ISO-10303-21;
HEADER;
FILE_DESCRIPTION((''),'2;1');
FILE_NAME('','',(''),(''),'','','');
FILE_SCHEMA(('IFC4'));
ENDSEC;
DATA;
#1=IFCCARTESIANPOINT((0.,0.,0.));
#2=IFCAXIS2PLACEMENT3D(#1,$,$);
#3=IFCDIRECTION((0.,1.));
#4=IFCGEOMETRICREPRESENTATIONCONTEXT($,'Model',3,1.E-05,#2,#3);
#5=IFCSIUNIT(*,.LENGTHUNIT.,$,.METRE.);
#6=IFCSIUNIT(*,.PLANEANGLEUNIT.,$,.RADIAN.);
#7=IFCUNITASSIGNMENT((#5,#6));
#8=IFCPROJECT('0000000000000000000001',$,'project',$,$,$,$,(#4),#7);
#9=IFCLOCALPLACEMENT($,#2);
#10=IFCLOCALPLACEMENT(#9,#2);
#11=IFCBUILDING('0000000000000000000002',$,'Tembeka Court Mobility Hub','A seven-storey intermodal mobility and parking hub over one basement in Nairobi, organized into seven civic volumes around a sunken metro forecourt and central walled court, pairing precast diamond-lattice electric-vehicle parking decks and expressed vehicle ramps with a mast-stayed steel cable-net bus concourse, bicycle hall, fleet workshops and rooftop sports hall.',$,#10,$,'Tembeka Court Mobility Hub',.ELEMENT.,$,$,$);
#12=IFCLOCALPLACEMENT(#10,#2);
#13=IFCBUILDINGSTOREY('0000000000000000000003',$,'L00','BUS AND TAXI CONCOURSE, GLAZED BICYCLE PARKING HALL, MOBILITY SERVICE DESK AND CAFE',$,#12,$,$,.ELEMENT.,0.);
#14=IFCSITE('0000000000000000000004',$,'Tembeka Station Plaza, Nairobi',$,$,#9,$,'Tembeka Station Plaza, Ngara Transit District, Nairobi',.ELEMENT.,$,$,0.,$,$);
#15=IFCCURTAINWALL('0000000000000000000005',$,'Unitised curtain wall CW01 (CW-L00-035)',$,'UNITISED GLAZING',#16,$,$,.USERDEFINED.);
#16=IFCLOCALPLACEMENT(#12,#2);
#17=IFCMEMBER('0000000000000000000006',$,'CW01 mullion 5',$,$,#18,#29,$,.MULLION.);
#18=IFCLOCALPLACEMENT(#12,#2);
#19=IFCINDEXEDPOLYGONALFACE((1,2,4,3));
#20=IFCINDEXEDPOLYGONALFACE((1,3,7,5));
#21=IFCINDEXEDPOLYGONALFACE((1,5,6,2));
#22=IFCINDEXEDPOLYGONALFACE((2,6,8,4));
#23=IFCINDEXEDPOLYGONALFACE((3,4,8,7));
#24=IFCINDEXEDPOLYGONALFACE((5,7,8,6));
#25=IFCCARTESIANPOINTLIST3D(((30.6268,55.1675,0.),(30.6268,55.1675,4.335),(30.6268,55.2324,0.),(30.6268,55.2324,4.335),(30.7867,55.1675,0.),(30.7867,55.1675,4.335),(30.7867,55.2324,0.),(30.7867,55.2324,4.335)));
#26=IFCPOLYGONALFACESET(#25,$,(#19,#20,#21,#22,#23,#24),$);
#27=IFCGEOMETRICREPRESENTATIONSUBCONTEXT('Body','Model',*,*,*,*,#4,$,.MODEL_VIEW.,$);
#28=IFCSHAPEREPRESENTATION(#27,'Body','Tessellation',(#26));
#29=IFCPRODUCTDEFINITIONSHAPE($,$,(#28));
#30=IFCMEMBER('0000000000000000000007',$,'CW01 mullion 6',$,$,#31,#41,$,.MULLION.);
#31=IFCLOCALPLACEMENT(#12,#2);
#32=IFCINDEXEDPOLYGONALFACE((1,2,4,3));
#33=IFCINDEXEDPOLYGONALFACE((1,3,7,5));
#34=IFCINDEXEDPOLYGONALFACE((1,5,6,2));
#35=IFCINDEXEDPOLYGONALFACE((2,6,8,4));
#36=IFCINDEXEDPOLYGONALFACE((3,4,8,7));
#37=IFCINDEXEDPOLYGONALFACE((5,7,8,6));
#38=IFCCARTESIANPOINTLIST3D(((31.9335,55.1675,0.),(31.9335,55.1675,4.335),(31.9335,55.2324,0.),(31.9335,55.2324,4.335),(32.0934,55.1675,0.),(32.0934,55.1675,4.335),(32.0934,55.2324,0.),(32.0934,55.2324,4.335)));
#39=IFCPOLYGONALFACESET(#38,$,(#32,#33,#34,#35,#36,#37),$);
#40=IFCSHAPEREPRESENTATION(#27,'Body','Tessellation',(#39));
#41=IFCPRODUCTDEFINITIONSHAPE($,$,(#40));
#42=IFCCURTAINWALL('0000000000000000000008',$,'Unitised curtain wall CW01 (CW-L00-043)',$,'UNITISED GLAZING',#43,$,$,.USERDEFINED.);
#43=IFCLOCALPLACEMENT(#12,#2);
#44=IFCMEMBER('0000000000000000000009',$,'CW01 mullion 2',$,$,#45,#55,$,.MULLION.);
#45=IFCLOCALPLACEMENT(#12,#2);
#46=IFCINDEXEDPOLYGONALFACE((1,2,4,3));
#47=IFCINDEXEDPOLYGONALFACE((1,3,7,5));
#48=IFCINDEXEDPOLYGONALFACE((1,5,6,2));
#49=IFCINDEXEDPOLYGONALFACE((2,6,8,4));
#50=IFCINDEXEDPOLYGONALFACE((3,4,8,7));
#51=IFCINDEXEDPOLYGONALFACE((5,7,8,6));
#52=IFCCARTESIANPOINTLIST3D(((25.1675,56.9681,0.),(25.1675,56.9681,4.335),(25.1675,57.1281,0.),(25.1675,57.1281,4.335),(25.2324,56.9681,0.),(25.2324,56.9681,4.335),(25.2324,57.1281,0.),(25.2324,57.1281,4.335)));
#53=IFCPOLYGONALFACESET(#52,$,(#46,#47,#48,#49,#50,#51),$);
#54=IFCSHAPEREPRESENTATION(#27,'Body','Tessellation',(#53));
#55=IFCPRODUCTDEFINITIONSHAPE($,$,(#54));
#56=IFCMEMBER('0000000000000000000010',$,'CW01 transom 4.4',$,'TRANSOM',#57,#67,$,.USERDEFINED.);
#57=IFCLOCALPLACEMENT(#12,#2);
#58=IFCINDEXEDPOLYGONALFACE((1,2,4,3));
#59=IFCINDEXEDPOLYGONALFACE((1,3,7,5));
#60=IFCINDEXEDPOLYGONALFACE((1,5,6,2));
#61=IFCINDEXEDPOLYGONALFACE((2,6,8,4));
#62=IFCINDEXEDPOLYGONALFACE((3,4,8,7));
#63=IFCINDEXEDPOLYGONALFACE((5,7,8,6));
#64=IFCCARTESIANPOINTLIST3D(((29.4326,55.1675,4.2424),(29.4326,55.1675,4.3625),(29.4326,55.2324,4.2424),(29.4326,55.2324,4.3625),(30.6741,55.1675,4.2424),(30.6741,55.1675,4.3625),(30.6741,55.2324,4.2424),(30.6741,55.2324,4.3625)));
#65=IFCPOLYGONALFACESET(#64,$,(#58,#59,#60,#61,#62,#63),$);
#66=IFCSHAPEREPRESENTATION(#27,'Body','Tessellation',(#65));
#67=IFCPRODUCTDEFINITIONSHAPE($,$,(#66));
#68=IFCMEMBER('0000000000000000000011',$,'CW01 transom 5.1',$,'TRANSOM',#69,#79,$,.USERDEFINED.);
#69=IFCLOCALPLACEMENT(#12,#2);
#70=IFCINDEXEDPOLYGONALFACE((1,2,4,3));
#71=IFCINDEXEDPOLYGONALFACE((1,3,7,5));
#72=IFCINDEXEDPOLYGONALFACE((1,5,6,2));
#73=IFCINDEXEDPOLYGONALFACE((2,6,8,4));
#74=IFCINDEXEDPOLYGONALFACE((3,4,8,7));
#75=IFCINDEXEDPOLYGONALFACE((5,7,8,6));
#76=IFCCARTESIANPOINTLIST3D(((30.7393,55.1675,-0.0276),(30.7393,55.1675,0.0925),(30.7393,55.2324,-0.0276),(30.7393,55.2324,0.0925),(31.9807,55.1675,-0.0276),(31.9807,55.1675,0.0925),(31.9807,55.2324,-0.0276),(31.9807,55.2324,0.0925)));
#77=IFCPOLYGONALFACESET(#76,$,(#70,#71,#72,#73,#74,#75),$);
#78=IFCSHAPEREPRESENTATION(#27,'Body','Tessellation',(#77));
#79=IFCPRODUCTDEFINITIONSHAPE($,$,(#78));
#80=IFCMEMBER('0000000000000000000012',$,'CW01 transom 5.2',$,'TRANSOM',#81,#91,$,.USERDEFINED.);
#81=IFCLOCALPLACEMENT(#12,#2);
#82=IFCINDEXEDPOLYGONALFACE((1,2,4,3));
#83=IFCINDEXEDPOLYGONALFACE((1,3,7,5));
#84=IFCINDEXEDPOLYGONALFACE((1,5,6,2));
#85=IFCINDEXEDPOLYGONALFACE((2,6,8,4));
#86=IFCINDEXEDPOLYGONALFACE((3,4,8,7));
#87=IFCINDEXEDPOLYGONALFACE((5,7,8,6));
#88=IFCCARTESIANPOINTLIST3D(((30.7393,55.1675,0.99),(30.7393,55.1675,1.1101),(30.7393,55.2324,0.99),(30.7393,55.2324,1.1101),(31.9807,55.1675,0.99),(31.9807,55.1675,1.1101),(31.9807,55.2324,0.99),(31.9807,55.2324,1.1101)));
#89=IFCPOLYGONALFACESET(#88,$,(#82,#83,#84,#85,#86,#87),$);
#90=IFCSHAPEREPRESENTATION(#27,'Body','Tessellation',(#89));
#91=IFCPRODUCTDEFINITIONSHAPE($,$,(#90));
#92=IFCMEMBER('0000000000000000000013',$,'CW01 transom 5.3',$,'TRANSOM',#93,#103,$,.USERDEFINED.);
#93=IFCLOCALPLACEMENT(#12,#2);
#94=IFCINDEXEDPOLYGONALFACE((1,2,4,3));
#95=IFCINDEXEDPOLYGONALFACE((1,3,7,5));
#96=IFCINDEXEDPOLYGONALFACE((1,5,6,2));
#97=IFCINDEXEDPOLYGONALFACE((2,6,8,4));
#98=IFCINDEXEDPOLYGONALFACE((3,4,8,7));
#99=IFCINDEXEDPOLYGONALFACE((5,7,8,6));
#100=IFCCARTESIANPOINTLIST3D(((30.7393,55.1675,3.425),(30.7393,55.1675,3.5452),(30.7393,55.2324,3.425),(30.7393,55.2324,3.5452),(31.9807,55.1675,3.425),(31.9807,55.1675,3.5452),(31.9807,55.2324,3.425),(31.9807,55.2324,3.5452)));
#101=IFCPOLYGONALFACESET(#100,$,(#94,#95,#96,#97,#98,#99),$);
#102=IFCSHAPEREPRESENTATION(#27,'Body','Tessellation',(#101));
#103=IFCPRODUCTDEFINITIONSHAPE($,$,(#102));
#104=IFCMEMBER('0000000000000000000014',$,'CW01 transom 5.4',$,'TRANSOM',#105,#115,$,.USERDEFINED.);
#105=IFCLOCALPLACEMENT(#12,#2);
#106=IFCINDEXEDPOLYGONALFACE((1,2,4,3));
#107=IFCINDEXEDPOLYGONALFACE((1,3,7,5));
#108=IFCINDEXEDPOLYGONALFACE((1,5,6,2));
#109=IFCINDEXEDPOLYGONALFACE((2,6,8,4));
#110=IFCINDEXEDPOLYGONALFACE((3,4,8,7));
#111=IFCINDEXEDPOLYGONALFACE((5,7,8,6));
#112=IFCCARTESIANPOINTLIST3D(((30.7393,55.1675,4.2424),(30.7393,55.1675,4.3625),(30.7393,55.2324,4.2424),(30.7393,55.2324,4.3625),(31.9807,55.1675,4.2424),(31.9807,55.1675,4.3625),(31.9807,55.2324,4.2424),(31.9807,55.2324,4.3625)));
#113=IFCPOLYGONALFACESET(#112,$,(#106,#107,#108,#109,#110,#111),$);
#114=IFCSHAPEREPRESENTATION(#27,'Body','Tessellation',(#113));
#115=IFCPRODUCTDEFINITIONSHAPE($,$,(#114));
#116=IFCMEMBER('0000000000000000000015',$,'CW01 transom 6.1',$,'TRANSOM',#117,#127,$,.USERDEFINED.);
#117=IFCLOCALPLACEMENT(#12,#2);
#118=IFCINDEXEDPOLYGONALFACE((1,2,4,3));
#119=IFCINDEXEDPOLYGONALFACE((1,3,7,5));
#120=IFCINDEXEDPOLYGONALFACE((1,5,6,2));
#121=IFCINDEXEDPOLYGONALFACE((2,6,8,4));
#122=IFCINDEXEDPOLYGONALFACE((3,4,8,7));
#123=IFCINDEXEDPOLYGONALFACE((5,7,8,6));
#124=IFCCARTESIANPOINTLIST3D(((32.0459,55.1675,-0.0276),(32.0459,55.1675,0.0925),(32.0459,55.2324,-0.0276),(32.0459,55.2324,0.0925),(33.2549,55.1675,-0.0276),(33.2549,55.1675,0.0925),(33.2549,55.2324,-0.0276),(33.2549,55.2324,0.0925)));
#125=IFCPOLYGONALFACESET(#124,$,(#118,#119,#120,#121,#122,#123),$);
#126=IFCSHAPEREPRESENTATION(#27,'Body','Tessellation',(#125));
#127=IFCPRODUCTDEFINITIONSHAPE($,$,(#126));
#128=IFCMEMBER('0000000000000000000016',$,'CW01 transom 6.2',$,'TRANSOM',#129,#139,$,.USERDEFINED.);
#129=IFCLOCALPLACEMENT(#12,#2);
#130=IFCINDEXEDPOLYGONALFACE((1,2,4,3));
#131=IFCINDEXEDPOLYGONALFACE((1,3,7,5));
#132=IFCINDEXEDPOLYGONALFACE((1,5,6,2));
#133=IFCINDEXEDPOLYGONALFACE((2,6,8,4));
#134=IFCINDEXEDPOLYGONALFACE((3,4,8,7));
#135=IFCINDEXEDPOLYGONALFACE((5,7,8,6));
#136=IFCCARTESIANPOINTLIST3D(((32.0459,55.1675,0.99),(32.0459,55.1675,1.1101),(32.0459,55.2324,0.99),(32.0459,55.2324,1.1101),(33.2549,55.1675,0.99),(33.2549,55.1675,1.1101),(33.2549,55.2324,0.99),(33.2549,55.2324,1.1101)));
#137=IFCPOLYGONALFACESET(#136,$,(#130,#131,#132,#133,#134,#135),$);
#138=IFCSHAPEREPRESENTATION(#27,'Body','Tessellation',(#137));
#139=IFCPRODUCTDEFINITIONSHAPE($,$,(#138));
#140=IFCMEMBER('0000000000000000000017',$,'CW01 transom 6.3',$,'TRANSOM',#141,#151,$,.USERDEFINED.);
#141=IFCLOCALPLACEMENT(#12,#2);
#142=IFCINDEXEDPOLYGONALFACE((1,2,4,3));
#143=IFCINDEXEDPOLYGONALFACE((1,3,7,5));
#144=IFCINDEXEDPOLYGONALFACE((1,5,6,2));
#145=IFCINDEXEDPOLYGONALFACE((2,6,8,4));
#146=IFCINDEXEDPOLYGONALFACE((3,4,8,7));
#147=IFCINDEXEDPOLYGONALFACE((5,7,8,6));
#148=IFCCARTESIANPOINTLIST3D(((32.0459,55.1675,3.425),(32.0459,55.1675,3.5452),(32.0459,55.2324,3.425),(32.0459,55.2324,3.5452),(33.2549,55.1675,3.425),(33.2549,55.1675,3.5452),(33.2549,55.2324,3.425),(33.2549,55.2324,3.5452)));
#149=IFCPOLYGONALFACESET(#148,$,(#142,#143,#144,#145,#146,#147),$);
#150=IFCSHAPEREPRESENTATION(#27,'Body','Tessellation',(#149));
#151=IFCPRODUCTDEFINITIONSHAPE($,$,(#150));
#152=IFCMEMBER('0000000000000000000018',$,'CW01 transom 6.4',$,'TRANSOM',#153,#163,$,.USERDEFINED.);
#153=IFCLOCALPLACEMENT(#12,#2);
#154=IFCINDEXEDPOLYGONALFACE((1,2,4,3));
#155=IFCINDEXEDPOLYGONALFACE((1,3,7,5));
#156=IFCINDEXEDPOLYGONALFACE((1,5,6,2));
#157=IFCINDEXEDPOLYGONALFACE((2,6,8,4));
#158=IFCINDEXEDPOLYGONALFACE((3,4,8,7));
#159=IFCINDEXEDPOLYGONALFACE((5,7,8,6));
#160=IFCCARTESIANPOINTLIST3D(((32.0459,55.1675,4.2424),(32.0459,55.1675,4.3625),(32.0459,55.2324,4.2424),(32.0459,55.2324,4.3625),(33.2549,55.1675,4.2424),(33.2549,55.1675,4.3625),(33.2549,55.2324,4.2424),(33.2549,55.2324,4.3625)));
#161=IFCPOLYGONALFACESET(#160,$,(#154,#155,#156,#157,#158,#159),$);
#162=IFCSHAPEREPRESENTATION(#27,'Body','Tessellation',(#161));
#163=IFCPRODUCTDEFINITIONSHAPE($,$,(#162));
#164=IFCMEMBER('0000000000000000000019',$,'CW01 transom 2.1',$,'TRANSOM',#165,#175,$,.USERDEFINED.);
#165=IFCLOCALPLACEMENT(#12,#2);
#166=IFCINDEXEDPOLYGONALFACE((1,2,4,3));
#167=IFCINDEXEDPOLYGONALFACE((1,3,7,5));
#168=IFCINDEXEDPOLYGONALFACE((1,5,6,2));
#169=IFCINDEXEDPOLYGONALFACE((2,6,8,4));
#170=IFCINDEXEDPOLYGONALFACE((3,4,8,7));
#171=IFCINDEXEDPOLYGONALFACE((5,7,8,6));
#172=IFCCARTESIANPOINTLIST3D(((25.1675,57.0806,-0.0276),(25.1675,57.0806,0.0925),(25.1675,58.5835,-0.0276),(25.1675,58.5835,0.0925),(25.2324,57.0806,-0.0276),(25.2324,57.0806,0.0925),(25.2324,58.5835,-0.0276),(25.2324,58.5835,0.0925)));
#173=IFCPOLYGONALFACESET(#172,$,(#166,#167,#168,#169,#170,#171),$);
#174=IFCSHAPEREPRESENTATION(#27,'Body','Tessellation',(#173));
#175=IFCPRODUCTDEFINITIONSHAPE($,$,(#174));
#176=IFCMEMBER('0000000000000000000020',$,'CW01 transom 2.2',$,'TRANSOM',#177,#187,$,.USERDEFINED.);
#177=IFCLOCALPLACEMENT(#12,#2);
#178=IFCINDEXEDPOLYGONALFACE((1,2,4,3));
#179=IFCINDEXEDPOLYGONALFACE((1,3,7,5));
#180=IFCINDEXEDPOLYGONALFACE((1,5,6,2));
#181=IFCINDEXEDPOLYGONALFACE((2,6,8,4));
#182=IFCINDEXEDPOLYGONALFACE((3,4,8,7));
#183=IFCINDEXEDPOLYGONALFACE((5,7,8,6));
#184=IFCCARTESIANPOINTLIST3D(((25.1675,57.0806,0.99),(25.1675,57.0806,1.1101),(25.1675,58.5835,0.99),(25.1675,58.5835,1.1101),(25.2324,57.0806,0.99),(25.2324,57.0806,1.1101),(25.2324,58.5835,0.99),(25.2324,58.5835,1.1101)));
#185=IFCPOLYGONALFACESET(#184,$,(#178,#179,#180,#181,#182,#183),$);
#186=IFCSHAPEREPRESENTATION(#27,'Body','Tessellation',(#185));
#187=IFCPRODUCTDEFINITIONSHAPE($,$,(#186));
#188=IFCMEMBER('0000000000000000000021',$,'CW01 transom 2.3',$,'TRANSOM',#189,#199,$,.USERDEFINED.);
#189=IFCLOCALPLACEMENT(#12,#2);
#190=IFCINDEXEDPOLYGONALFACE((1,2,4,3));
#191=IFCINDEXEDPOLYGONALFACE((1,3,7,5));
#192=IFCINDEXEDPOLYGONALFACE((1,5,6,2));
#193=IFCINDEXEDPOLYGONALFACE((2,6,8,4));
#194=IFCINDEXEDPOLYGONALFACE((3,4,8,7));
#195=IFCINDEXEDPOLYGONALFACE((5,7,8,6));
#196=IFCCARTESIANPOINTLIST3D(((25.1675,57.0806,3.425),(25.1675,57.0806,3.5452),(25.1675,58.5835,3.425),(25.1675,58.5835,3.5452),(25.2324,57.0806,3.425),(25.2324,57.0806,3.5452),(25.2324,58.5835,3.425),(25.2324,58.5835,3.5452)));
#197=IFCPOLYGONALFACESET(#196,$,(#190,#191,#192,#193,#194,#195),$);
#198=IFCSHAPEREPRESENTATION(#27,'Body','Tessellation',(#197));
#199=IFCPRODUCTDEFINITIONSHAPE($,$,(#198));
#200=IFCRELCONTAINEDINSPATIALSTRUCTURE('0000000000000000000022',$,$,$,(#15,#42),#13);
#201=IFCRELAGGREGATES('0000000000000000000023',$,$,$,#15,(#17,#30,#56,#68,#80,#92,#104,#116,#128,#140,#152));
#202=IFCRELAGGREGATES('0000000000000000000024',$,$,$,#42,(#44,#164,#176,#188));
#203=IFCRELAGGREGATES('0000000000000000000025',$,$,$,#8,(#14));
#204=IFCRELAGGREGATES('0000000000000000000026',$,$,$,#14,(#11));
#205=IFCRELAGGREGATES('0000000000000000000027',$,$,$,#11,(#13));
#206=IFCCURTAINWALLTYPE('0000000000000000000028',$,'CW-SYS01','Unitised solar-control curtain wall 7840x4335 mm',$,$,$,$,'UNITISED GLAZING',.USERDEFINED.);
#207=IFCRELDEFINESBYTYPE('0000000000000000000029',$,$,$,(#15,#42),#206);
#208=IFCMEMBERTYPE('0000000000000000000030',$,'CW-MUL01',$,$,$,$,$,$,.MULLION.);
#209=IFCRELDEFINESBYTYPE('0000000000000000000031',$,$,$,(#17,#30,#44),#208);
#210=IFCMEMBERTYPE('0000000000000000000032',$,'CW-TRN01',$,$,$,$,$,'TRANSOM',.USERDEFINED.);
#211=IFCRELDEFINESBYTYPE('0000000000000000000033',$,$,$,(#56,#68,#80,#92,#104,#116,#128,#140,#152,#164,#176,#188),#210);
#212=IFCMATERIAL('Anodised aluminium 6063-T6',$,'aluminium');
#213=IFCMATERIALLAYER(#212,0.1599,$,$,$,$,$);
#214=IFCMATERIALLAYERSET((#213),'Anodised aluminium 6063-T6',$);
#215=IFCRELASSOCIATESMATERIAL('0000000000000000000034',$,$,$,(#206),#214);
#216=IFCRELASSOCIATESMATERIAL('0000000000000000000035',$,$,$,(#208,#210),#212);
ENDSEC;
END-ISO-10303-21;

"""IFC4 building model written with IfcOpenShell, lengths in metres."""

from ifc_helpers import new_model, si_unit, direction, frame, origin, origin_2d, place, context, subcontext, project, spatial, rectangle, extrude, material, layer, layer_set, material_profile, profile_set, type_object, element, aggregate, save


model = new_model("IFC4")

# Units and contexts
model_context = context("Model", 3, precision=1e-05, world=origin(), true_north=direction((0.0, 1.0)))
body_context = subcontext(model_context, "Body", "Model", "MODEL_VIEW")
ifc_project = project(units=[si_unit("LENGTHUNIT", "METRE"), si_unit("PLANEANGLEUNIT", "RADIAN")], contexts=[model_context])

# Site, building, storey
site_placement = place(None, origin())
site = spatial("IfcSite", under=ifc_project, at=site_placement, Name="Tembeka Station Plaza, Nairobi", LongName="Tembeka Station Plaza, Ngara Transit District, Nairobi", CompositionType="ELEMENT", RefElevation=0.0)
building_placement = place(site_placement, origin())
building = spatial("IfcBuilding", under=site, at=building_placement, Name="Tembeka Court Mobility Hub", Description="A seven-storey intermodal mobility and parking hub over one basement in Nairobi, organized into seven civic volumes around a sunken metro forecourt and central walled court, pairing precast diamond-lattice electric-vehicle parking decks and expressed vehicle ramps with a mast-stayed steel cable-net bus concourse, bicycle hall, fleet workshops and rooftop sports hall.", LongName="Tembeka Court Mobility Hub", CompositionType="ELEMENT")
storey_placement = place(building_placement, origin())
storey = spatial("IfcBuildingStorey", under=building, at=storey_placement, Name="L00", Description="BUS AND TAXI CONCOURSE, GLAZED BICYCLE PARKING HALL, MOBILITY SERVICE DESK AND CAFE", CompositionType="ELEMENT", Elevation=0.0)

# Curtain wall, members
ifc_material_1 = material(Name="Anodised aluminium 6063-T6", Category="aluminium")
ifc_layer_1 = layer(ifc_material_1, 0.1599)
ifc_layer_set_1 = layer_set([ifc_layer_1], Name="Anodised aluminium 6063-T6")
curtain_wall_type = type_object("IfcCurtainWallType", Name="CW-SYS01", Description="Unitised solar-control curtain wall 7840x4335 mm", ElementType="UNITISED GLAZING", PredefinedType="USERDEFINED", material=ifc_layer_set_1)
curtain_wall_1_placement = place(storey_placement, origin())
curtain_wall_1 = element("IfcCurtainWall", 1, at=curtain_wall_1_placement, inside=storey, type_object=curtain_wall_type, Name="Unitised curtain wall CW01 (CW-L00-035)", ObjectType="UNITISED GLAZING", PredefinedType="USERDEFINED")
ifc_material_profile_1 = material_profile(ifc_material_1, rectangle(XDim=0.0649, YDim=0.1599, at=origin_2d()), Name="ALU-MUL 65x160")
ifc_profile_set_1 = profile_set([ifc_material_profile_1], Name="Anodised aluminium 6063-T6")
member_type_1 = type_object("IfcMemberType", Name="CW-MUL01", PredefinedType="MULLION", material=ifc_profile_set_1)
member_1_placement = place(storey_placement, frame((30.7068, 55.2, 0.0), z_axis=(0.0, 0.0, 1.0), x_axis=(0.0, 1.0, 0.0)))
member_1 = element("IfcMember", 2, at=member_1_placement, type_object=member_type_1, Name="CW01 mullion 5", PredefinedType="MULLION", context=body_context, shape_type="SweptSolid", body=[
    extrude(rectangle(XDim=0.0649, YDim=0.1599, at=origin_2d()), origin(), (0.0, 0.0, 1.0), 4.335),
])
member_2_placement = place(storey_placement, frame((32.0134, 55.2, 0.0), z_axis=(0.0, 0.0, 1.0), x_axis=(0.0, 1.0, 0.0)))
member_2 = element("IfcMember", 3, at=member_2_placement, type_object=member_type_1, Name="CW01 mullion 6", PredefinedType="MULLION", context=body_context, shape_type="SweptSolid", body=[
    extrude(rectangle(XDim=0.0649, YDim=0.1599, at=origin_2d()), origin(), (0.0, 0.0, 1.0), 4.335),
])

# Curtain wall, member
curtain_wall_2_placement = place(storey_placement, origin())
curtain_wall_2 = element("IfcCurtainWall", 4, at=curtain_wall_2_placement, inside=storey, type_object=curtain_wall_type, Name="Unitised curtain wall CW01 (CW-L00-043)", ObjectType="UNITISED GLAZING", PredefinedType="USERDEFINED")
member_3_placement = place(storey_placement, frame((25.2, 57.0481, 0.0), z_axis=(0.0, 0.0, 1.0), x_axis=(-1.0, 0.0, 0.0)))
member_3 = element("IfcMember", 5, at=member_3_placement, type_object=member_type_1, Name="CW01 mullion 2", PredefinedType="MULLION", context=body_context, shape_type="SweptSolid", body=[
    extrude(rectangle(XDim=0.0649, YDim=0.1599, at=origin_2d()), origin(), (0.0, 0.0, 1.0), 4.335),
])

# Members
ifc_material_profile_2 = material_profile(ifc_material_1, rectangle(XDim=0.0649, YDim=0.1201, at=origin_2d()), Name="ALU-TRN 65x120")
ifc_profile_set_2 = profile_set([ifc_material_profile_2], Name="Anodised aluminium 6063-T6")
member_type_2 = type_object("IfcMemberType", Name="CW-TRN01", ElementType="TRANSOM", PredefinedType="USERDEFINED", material=ifc_profile_set_2)
member_4_placement = place(storey_placement, frame((29.4326, 55.2, 4.3025), z_axis=(1.0, 0.0, 0.0), x_axis=(0.0, 1.0, 0.0)))
member_4 = element("IfcMember", 6, at=member_4_placement, type_object=member_type_2, Name="CW01 transom 4.4", ObjectType="TRANSOM", PredefinedType="USERDEFINED", context=body_context, shape_type="SweptSolid", body=[
    extrude(rectangle(XDim=0.0649, YDim=0.1201, at=origin_2d()), origin(), (0.0, 0.0, 1.0), 1.2415),
])
member_5_placement = place(storey_placement, frame((30.7393, 55.2, 0.0325), z_axis=(1.0, 0.0, 0.0), x_axis=(0.0, 1.0, 0.0)))
member_5 = element("IfcMember", 7, at=member_5_placement, type_object=member_type_2, Name="CW01 transom 5.1", ObjectType="TRANSOM", PredefinedType="USERDEFINED", context=body_context, shape_type="SweptSolid", body=[
    extrude(rectangle(XDim=0.0649, YDim=0.1201, at=origin_2d()), origin(), (0.0, 0.0, 1.0), 1.2415),
])
member_6_placement = place(storey_placement, frame((30.7393, 55.2, 1.05), z_axis=(1.0, 0.0, 0.0), x_axis=(0.0, 1.0, 0.0)))
member_6 = element("IfcMember", 8, at=member_6_placement, type_object=member_type_2, Name="CW01 transom 5.2", ObjectType="TRANSOM", PredefinedType="USERDEFINED", context=body_context, shape_type="SweptSolid", body=[
    extrude(rectangle(XDim=0.0649, YDim=0.1201, at=origin_2d()), origin(), (0.0, 0.0, 1.0), 1.2415),
])
member_7_placement = place(storey_placement, frame((30.7393, 55.2, 3.4851), z_axis=(1.0, 0.0, 0.0), x_axis=(0.0, 1.0, 0.0)))
member_7 = element("IfcMember", 9, at=member_7_placement, type_object=member_type_2, Name="CW01 transom 5.3", ObjectType="TRANSOM", PredefinedType="USERDEFINED", context=body_context, shape_type="SweptSolid", body=[
    extrude(rectangle(XDim=0.0649, YDim=0.1201, at=origin_2d()), origin(), (0.0, 0.0, 1.0), 1.2415),
])
member_8_placement = place(storey_placement, frame((30.7393, 55.2, 4.3025), z_axis=(1.0, 0.0, 0.0), x_axis=(0.0, 1.0, 0.0)))
member_8 = element("IfcMember", 10, at=member_8_placement, type_object=member_type_2, Name="CW01 transom 5.4", ObjectType="TRANSOM", PredefinedType="USERDEFINED", context=body_context, shape_type="SweptSolid", body=[
    extrude(rectangle(XDim=0.0649, YDim=0.1201, at=origin_2d()), origin(), (0.0, 0.0, 1.0), 1.2415),
])
member_9_placement = place(storey_placement, frame((32.0459, 55.2, 0.0325), z_axis=(1.0, 0.0, 0.0), x_axis=(0.0, 1.0, 0.0)))
member_9 = element("IfcMember", 11, at=member_9_placement, type_object=member_type_2, Name="CW01 transom 6.1", ObjectType="TRANSOM", PredefinedType="USERDEFINED", context=body_context, shape_type="SweptSolid", body=[
    extrude(rectangle(XDim=0.0649, YDim=0.1201, at=origin_2d()), origin(), (0.0, 0.0, 1.0), 1.209),
])
member_10_placement = place(storey_placement, frame((32.0459, 55.2, 1.05), z_axis=(1.0, 0.0, 0.0), x_axis=(0.0, 1.0, 0.0)))
member_10 = element("IfcMember", 12, at=member_10_placement, type_object=member_type_2, Name="CW01 transom 6.2", ObjectType="TRANSOM", PredefinedType="USERDEFINED", context=body_context, shape_type="SweptSolid", body=[
    extrude(rectangle(XDim=0.0649, YDim=0.1201, at=origin_2d()), origin(), (0.0, 0.0, 1.0), 1.209),
])
member_11_placement = place(storey_placement, frame((32.0459, 55.2, 3.4851), z_axis=(1.0, 0.0, 0.0), x_axis=(0.0, 1.0, 0.0)))
member_11 = element("IfcMember", 13, at=member_11_placement, type_object=member_type_2, Name="CW01 transom 6.3", ObjectType="TRANSOM", PredefinedType="USERDEFINED", context=body_context, shape_type="SweptSolid", body=[
    extrude(rectangle(XDim=0.0649, YDim=0.1201, at=origin_2d()), origin(), (0.0, 0.0, 1.0), 1.209),
])
member_12_placement = place(storey_placement, frame((32.0459, 55.2, 4.3025), z_axis=(1.0, 0.0, 0.0), x_axis=(0.0, 1.0, 0.0)))
member_12 = element("IfcMember", 14, at=member_12_placement, type_object=member_type_2, Name="CW01 transom 6.4", ObjectType="TRANSOM", PredefinedType="USERDEFINED", context=body_context, shape_type="SweptSolid", body=[
    extrude(rectangle(XDim=0.0649, YDim=0.1201, at=origin_2d()), origin(), (0.0, 0.0, 1.0), 1.209),
])
member_13_placement = place(storey_placement, frame((25.2, 57.0806, 0.0325), z_axis=(0.0, 1.0, 0.0), x_axis=(-1.0, 0.0, 0.0)))
member_13 = element("IfcMember", 15, at=member_13_placement, type_object=member_type_2, Name="CW01 transom 2.1", ObjectType="TRANSOM", PredefinedType="USERDEFINED", context=body_context, shape_type="SweptSolid", body=[
    extrude(rectangle(XDim=0.0649, YDim=0.1201, at=origin_2d()), origin(), (0.0, 0.0, 1.0), 1.5029),
])
member_14_placement = place(storey_placement, frame((25.2, 57.0806, 1.05), z_axis=(0.0, 1.0, 0.0), x_axis=(-1.0, 0.0, 0.0)))
member_14 = element("IfcMember", 16, at=member_14_placement, type_object=member_type_2, Name="CW01 transom 2.2", ObjectType="TRANSOM", PredefinedType="USERDEFINED", context=body_context, shape_type="SweptSolid", body=[
    extrude(rectangle(XDim=0.0649, YDim=0.1201, at=origin_2d()), origin(), (0.0, 0.0, 1.0), 1.5029),
])
member_15_placement = place(storey_placement, frame((25.2, 57.0806, 3.4851), z_axis=(0.0, 1.0, 0.0), x_axis=(-1.0, 0.0, 0.0)))
member_15 = element("IfcMember", 17, at=member_15_placement, type_object=member_type_2, Name="CW01 transom 2.3", ObjectType="TRANSOM", PredefinedType="USERDEFINED", context=body_context, shape_type="SweptSolid", body=[
    extrude(rectangle(XDim=0.0649, YDim=0.1201, at=origin_2d()), origin(), (0.0, 0.0, 1.0), 1.5029),
])

aggregate(curtain_wall_1, [member_1, member_2, member_4, member_5, member_6, member_7, member_8, member_9, member_10, member_11, member_12])
aggregate(curtain_wall_2, [member_3, member_13, member_14, member_15])

save(model, "model.ifc")
